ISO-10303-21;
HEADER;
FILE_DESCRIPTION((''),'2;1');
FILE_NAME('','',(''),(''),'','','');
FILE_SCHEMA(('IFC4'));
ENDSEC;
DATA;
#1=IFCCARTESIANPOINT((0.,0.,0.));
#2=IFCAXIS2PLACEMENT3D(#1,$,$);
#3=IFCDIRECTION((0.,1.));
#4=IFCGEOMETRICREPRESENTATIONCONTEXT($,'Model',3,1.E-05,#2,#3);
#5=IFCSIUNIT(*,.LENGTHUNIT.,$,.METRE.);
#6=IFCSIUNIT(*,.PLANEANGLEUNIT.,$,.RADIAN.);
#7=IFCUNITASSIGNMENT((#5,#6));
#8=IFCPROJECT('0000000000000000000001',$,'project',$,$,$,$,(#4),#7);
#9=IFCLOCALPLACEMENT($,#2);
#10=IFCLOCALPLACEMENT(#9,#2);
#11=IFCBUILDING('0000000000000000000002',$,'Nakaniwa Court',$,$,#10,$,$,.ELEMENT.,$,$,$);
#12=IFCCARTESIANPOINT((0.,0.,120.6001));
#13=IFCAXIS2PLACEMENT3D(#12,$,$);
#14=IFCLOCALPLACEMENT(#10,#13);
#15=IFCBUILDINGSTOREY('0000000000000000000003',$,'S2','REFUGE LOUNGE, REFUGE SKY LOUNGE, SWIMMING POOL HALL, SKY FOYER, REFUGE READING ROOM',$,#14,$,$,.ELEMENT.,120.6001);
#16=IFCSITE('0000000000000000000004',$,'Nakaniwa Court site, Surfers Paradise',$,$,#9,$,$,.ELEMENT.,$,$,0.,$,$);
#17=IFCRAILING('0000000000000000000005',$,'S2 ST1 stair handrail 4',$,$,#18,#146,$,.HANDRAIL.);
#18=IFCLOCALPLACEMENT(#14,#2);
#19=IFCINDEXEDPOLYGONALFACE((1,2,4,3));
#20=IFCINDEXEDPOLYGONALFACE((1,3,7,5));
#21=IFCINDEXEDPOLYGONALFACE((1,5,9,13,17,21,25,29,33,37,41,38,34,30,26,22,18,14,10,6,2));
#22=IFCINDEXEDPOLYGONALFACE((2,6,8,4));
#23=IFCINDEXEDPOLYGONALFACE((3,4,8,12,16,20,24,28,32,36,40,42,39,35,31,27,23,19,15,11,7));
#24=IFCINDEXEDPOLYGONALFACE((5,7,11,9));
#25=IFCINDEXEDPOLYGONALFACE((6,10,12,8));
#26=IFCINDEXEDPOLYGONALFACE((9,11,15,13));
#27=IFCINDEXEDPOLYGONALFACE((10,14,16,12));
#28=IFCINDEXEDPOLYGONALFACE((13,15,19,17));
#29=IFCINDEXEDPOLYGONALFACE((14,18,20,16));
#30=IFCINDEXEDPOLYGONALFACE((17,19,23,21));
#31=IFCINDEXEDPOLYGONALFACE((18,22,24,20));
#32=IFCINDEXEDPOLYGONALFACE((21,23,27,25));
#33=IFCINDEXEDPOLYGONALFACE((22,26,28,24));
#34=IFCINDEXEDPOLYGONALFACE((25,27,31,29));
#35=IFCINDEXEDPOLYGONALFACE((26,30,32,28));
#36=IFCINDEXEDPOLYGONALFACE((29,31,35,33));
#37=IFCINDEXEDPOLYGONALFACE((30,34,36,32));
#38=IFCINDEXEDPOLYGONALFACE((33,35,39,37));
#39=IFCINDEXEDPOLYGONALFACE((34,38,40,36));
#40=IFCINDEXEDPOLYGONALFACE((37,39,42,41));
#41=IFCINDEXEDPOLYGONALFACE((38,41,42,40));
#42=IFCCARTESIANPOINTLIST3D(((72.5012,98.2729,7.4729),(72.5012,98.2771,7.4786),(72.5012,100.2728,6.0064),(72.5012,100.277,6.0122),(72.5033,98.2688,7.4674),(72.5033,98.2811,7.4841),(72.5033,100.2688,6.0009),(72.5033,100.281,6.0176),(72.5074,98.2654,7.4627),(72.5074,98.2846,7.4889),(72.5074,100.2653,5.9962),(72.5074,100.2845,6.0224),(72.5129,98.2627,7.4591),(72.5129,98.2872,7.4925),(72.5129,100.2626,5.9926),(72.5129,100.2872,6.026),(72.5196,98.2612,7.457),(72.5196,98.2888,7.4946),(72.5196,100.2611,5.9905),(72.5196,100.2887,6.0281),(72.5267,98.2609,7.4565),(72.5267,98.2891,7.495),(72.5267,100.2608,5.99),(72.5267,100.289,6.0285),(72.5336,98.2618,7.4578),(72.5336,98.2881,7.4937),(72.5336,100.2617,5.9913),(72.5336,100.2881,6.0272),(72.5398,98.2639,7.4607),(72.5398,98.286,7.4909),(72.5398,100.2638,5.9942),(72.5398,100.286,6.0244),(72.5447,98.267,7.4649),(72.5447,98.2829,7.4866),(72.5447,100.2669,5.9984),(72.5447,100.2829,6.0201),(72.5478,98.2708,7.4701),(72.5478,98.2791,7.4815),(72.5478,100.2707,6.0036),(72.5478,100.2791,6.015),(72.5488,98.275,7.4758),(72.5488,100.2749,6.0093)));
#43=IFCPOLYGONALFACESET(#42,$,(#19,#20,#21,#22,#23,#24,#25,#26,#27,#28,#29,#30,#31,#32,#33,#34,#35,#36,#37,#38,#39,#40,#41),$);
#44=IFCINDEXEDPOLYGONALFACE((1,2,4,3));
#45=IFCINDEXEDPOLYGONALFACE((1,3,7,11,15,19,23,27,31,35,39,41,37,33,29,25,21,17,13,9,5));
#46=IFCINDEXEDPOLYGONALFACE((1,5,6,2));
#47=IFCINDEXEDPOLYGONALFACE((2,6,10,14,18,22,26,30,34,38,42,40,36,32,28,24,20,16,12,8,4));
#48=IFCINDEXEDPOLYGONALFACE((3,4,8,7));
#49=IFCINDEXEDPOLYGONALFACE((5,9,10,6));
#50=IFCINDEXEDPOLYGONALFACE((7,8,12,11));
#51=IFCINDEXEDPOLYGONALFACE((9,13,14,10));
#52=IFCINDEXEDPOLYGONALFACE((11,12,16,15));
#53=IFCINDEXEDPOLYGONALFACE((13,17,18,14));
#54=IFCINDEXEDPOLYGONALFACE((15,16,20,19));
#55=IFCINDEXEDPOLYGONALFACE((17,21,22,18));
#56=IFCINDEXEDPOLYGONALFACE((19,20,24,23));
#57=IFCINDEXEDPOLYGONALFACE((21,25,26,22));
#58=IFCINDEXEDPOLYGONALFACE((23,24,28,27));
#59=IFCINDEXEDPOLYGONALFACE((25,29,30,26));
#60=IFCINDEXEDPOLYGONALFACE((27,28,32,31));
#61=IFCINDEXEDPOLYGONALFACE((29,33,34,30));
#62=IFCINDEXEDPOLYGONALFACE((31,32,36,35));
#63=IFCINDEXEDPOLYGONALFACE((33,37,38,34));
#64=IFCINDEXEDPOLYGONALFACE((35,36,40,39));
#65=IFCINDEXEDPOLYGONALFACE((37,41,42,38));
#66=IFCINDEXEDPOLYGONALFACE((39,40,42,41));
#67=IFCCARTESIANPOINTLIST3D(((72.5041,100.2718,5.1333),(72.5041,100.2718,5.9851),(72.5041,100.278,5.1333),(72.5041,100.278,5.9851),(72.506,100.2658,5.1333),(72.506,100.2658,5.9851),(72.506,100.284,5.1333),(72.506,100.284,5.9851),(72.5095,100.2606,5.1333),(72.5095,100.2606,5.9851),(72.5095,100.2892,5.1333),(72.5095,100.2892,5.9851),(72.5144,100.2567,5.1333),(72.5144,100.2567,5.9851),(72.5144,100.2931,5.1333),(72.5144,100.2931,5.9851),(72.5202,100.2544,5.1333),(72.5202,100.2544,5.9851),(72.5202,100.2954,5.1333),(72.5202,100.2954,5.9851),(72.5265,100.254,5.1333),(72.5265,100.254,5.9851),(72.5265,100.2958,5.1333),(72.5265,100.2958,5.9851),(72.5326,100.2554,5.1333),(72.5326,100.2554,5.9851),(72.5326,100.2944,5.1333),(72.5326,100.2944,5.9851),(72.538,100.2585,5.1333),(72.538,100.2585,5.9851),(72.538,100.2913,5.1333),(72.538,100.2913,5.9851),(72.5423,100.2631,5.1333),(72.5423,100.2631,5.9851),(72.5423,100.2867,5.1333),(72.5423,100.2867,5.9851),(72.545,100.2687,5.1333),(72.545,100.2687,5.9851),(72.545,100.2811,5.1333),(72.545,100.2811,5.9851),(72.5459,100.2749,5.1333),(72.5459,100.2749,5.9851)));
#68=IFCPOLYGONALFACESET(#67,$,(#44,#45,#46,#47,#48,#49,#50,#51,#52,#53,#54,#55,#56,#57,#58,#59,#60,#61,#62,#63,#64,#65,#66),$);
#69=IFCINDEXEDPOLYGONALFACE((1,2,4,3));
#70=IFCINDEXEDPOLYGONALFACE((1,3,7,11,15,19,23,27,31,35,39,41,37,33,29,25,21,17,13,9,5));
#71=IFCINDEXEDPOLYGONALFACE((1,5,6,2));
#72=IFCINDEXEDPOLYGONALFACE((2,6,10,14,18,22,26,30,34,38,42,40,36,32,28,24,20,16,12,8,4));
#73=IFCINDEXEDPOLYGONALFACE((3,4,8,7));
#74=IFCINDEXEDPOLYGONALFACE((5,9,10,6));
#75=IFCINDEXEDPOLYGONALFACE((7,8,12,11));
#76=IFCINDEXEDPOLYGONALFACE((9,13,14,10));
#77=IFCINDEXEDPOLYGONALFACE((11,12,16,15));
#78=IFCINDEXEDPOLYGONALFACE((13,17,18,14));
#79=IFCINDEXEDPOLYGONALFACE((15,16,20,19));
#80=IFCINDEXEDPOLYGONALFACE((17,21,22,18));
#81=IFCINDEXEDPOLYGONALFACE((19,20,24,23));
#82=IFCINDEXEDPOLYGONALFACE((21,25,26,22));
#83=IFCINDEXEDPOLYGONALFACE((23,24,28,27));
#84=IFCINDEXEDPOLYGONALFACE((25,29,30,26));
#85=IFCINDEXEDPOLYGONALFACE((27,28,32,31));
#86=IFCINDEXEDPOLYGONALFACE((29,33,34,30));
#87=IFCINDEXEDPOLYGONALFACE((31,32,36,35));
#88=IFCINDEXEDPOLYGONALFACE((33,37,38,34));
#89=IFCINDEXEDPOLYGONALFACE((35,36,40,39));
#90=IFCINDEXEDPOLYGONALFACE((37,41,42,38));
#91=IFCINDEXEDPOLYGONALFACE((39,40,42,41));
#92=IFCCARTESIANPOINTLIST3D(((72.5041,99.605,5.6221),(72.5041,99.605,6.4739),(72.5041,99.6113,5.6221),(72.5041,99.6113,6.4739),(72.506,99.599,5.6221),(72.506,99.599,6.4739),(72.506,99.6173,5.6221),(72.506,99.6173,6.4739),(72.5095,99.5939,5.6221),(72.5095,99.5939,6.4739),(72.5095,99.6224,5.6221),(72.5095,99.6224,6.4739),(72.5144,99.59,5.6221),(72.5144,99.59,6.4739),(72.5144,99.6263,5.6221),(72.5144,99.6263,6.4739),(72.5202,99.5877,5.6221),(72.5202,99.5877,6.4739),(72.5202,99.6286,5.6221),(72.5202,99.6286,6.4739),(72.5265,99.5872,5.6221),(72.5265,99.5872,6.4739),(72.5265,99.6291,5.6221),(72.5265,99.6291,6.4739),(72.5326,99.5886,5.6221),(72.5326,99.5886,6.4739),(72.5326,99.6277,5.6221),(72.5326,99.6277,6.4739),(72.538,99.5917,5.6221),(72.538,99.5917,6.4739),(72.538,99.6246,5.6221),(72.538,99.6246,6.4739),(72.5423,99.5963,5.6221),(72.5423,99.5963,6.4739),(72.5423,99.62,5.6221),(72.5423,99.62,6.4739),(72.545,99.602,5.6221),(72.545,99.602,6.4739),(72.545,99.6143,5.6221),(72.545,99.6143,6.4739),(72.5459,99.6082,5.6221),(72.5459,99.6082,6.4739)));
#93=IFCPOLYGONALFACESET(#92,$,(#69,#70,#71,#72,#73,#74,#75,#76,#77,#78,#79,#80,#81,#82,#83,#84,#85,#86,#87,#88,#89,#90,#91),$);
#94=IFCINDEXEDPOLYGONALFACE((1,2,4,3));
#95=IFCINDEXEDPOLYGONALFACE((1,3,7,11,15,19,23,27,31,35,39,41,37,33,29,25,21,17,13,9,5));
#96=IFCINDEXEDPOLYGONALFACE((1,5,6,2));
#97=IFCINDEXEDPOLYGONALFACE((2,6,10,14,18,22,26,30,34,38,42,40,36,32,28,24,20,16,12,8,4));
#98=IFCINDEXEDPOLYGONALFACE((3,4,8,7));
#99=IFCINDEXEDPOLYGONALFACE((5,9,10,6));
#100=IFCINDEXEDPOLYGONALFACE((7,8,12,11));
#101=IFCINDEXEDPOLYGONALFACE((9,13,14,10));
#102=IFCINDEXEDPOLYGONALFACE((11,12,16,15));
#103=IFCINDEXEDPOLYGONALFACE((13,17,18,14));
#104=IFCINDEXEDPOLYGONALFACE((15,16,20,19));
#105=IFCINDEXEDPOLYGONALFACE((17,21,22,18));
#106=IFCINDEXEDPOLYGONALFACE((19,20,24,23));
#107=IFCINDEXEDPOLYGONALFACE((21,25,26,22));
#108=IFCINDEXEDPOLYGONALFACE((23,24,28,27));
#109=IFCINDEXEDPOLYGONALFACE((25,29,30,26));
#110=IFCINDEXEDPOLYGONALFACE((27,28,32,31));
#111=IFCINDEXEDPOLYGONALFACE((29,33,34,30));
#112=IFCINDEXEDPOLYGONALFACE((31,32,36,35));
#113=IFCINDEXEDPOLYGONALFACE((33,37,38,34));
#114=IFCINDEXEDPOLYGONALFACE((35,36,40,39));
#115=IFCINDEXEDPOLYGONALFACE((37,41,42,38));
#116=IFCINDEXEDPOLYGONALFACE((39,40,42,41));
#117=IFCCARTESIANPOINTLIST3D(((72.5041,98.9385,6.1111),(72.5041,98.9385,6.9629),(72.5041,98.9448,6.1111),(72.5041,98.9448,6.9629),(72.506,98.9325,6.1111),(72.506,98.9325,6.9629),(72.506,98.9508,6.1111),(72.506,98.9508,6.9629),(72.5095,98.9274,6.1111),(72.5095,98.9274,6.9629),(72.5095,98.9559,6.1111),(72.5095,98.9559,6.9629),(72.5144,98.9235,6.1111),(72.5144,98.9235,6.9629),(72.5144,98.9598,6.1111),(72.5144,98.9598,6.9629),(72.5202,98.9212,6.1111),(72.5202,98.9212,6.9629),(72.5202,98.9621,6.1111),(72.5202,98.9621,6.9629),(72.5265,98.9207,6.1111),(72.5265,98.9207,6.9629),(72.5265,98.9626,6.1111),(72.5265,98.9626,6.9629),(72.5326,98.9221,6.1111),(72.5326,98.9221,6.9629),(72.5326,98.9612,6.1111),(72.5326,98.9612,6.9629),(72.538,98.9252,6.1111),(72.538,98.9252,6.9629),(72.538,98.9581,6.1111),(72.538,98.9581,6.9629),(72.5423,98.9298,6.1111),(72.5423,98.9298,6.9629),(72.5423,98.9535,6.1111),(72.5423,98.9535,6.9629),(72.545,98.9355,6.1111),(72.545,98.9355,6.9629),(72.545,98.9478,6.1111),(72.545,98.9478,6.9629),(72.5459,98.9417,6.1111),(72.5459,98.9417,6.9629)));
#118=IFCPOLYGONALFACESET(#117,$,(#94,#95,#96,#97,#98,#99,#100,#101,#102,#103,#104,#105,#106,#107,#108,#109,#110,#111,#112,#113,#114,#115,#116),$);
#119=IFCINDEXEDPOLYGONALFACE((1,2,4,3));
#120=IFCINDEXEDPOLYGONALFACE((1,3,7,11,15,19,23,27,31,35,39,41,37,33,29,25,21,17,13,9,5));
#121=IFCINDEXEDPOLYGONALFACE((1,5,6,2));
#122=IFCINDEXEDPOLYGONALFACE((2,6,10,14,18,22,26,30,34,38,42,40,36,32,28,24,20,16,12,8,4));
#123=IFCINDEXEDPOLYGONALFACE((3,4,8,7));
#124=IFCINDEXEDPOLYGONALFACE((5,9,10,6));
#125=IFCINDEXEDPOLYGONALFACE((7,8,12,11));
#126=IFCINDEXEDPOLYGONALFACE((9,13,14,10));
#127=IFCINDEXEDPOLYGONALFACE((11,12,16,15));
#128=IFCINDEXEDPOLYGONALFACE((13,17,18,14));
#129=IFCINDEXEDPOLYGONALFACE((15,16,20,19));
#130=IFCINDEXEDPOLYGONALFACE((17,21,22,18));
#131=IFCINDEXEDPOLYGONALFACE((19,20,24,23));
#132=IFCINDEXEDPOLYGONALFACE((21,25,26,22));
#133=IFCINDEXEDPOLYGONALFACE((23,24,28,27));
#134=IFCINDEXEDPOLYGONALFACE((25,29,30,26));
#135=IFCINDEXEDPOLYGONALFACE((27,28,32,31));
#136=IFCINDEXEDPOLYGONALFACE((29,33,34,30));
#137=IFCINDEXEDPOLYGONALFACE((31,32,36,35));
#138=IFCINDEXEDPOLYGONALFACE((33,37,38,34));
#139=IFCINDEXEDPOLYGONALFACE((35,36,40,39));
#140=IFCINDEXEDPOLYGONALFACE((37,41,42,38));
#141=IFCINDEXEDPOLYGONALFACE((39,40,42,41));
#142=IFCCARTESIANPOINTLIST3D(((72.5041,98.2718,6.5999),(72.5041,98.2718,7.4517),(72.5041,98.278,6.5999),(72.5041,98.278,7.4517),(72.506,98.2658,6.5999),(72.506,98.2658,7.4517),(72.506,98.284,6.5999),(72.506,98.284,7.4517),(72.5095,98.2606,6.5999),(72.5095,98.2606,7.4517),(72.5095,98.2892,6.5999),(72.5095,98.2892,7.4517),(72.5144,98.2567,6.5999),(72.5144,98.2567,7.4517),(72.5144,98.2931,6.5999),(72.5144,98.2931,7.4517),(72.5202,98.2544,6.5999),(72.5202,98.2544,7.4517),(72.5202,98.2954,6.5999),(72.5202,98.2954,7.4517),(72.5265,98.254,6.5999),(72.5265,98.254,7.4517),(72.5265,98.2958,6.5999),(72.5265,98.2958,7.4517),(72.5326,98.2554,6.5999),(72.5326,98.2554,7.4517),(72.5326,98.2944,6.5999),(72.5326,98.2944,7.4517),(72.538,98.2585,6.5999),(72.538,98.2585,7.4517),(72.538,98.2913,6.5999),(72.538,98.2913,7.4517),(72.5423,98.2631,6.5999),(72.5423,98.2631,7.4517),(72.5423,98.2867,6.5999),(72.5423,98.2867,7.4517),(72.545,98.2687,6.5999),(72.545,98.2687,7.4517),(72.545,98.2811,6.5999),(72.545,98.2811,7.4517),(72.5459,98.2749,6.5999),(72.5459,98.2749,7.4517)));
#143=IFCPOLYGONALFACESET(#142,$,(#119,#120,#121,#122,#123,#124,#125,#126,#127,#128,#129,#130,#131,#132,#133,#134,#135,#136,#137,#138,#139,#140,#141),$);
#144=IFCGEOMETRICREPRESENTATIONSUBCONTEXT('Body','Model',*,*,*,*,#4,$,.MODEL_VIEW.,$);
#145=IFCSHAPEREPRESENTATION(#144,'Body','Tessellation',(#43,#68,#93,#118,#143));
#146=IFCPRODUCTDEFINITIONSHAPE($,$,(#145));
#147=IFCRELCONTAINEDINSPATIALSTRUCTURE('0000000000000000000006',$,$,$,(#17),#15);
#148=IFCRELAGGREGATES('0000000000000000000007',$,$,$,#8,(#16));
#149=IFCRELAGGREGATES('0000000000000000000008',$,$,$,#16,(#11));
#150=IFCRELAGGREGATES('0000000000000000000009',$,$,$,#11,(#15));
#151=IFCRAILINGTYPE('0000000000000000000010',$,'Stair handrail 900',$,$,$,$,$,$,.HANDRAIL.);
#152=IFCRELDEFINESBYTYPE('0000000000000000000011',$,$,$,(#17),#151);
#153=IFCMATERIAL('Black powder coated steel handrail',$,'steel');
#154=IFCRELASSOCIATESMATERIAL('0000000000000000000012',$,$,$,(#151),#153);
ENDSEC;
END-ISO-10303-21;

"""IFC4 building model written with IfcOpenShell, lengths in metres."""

from ifc_helpers import new_model, si_unit, direction, frame, origin, origin_2d, place, context, subcontext, project, spatial, circle, extrude, material, type_object, element, save


model = new_model("IFC4")

# Units and contexts
model_context = context("Model", 3, precision=1e-05, world=origin(), true_north=direction((0.0, 1.0)))
body_context = subcontext(model_context, "Body", "Model", "MODEL_VIEW")
ifc_project = project(units=[si_unit("LENGTHUNIT", "METRE"), si_unit("PLANEANGLEUNIT", "RADIAN")], contexts=[model_context])

# Site, building, storey
site_placement = place(None, origin())
site = spatial("IfcSite", under=ifc_project, at=site_placement, Name="Nakaniwa Court site, Surfers Paradise", CompositionType="ELEMENT", RefElevation=0.0)
building_placement = place(site_placement, origin())
building = spatial("IfcBuilding", under=site, at=building_placement, Name="Nakaniwa Court", CompositionType="ELEMENT")
storey_placement = place(building_placement, frame((0.0, 0.0, 120.6001)))
storey = spatial("IfcBuildingStorey", under=building, at=storey_placement, Name="S2", Description="REFUGE LOUNGE, REFUGE SKY LOUNGE, SWIMMING POOL HALL, SKY FOYER, REFUGE READING ROOM", CompositionType="ELEMENT", Elevation=120.6001)

# Railing
ifc_material_1 = material(Name="Black powder coated steel handrail", Category="steel")
railing_type_1 = type_object("IfcRailingType", Name="Stair handrail 900", PredefinedType="HANDRAIL", material=ifc_material_1)
railing_1_placement = place(storey_placement, frame((72.5249, 100.2749, 5.1333)))
element("IfcRailing", 1, at=railing_1_placement, inside=storey, type_object=railing_type_1, Name="S2 ST1 stair handrail 4", PredefinedType="HANDRAIL", context=body_context, shape_type="SweptSolid", body=[
    extrude(circle(Radius=0.0239, at=origin_2d()), frame((0.0, 0.0, 0.876), z_axis=(0.0, -0.806427, 0.591334), x_axis=(1.0, 0.0, 0.0)), (0.0, 0.0, 1.0), 2.48),
    extrude(circle(Radius=0.021, at=origin_2d()), origin(), (0.0, 0.0, 1.0), 0.8518),
    extrude(circle(Radius=0.021, at=origin_2d()), frame((0.0, -0.6667, 0.4888)), (0.0, 0.0, 1.0), 0.8518),
    extrude(circle(Radius=0.021, at=origin_2d()), frame((0.0, -1.3333, 0.9778)), (0.0, 0.0, 1.0), 0.8518),
    extrude(circle(Radius=0.021, at=origin_2d()), frame((0.0, -2.0, 1.4666)), (0.0, 0.0, 1.0), 0.8518),
])

save(model, "model.ifc")
